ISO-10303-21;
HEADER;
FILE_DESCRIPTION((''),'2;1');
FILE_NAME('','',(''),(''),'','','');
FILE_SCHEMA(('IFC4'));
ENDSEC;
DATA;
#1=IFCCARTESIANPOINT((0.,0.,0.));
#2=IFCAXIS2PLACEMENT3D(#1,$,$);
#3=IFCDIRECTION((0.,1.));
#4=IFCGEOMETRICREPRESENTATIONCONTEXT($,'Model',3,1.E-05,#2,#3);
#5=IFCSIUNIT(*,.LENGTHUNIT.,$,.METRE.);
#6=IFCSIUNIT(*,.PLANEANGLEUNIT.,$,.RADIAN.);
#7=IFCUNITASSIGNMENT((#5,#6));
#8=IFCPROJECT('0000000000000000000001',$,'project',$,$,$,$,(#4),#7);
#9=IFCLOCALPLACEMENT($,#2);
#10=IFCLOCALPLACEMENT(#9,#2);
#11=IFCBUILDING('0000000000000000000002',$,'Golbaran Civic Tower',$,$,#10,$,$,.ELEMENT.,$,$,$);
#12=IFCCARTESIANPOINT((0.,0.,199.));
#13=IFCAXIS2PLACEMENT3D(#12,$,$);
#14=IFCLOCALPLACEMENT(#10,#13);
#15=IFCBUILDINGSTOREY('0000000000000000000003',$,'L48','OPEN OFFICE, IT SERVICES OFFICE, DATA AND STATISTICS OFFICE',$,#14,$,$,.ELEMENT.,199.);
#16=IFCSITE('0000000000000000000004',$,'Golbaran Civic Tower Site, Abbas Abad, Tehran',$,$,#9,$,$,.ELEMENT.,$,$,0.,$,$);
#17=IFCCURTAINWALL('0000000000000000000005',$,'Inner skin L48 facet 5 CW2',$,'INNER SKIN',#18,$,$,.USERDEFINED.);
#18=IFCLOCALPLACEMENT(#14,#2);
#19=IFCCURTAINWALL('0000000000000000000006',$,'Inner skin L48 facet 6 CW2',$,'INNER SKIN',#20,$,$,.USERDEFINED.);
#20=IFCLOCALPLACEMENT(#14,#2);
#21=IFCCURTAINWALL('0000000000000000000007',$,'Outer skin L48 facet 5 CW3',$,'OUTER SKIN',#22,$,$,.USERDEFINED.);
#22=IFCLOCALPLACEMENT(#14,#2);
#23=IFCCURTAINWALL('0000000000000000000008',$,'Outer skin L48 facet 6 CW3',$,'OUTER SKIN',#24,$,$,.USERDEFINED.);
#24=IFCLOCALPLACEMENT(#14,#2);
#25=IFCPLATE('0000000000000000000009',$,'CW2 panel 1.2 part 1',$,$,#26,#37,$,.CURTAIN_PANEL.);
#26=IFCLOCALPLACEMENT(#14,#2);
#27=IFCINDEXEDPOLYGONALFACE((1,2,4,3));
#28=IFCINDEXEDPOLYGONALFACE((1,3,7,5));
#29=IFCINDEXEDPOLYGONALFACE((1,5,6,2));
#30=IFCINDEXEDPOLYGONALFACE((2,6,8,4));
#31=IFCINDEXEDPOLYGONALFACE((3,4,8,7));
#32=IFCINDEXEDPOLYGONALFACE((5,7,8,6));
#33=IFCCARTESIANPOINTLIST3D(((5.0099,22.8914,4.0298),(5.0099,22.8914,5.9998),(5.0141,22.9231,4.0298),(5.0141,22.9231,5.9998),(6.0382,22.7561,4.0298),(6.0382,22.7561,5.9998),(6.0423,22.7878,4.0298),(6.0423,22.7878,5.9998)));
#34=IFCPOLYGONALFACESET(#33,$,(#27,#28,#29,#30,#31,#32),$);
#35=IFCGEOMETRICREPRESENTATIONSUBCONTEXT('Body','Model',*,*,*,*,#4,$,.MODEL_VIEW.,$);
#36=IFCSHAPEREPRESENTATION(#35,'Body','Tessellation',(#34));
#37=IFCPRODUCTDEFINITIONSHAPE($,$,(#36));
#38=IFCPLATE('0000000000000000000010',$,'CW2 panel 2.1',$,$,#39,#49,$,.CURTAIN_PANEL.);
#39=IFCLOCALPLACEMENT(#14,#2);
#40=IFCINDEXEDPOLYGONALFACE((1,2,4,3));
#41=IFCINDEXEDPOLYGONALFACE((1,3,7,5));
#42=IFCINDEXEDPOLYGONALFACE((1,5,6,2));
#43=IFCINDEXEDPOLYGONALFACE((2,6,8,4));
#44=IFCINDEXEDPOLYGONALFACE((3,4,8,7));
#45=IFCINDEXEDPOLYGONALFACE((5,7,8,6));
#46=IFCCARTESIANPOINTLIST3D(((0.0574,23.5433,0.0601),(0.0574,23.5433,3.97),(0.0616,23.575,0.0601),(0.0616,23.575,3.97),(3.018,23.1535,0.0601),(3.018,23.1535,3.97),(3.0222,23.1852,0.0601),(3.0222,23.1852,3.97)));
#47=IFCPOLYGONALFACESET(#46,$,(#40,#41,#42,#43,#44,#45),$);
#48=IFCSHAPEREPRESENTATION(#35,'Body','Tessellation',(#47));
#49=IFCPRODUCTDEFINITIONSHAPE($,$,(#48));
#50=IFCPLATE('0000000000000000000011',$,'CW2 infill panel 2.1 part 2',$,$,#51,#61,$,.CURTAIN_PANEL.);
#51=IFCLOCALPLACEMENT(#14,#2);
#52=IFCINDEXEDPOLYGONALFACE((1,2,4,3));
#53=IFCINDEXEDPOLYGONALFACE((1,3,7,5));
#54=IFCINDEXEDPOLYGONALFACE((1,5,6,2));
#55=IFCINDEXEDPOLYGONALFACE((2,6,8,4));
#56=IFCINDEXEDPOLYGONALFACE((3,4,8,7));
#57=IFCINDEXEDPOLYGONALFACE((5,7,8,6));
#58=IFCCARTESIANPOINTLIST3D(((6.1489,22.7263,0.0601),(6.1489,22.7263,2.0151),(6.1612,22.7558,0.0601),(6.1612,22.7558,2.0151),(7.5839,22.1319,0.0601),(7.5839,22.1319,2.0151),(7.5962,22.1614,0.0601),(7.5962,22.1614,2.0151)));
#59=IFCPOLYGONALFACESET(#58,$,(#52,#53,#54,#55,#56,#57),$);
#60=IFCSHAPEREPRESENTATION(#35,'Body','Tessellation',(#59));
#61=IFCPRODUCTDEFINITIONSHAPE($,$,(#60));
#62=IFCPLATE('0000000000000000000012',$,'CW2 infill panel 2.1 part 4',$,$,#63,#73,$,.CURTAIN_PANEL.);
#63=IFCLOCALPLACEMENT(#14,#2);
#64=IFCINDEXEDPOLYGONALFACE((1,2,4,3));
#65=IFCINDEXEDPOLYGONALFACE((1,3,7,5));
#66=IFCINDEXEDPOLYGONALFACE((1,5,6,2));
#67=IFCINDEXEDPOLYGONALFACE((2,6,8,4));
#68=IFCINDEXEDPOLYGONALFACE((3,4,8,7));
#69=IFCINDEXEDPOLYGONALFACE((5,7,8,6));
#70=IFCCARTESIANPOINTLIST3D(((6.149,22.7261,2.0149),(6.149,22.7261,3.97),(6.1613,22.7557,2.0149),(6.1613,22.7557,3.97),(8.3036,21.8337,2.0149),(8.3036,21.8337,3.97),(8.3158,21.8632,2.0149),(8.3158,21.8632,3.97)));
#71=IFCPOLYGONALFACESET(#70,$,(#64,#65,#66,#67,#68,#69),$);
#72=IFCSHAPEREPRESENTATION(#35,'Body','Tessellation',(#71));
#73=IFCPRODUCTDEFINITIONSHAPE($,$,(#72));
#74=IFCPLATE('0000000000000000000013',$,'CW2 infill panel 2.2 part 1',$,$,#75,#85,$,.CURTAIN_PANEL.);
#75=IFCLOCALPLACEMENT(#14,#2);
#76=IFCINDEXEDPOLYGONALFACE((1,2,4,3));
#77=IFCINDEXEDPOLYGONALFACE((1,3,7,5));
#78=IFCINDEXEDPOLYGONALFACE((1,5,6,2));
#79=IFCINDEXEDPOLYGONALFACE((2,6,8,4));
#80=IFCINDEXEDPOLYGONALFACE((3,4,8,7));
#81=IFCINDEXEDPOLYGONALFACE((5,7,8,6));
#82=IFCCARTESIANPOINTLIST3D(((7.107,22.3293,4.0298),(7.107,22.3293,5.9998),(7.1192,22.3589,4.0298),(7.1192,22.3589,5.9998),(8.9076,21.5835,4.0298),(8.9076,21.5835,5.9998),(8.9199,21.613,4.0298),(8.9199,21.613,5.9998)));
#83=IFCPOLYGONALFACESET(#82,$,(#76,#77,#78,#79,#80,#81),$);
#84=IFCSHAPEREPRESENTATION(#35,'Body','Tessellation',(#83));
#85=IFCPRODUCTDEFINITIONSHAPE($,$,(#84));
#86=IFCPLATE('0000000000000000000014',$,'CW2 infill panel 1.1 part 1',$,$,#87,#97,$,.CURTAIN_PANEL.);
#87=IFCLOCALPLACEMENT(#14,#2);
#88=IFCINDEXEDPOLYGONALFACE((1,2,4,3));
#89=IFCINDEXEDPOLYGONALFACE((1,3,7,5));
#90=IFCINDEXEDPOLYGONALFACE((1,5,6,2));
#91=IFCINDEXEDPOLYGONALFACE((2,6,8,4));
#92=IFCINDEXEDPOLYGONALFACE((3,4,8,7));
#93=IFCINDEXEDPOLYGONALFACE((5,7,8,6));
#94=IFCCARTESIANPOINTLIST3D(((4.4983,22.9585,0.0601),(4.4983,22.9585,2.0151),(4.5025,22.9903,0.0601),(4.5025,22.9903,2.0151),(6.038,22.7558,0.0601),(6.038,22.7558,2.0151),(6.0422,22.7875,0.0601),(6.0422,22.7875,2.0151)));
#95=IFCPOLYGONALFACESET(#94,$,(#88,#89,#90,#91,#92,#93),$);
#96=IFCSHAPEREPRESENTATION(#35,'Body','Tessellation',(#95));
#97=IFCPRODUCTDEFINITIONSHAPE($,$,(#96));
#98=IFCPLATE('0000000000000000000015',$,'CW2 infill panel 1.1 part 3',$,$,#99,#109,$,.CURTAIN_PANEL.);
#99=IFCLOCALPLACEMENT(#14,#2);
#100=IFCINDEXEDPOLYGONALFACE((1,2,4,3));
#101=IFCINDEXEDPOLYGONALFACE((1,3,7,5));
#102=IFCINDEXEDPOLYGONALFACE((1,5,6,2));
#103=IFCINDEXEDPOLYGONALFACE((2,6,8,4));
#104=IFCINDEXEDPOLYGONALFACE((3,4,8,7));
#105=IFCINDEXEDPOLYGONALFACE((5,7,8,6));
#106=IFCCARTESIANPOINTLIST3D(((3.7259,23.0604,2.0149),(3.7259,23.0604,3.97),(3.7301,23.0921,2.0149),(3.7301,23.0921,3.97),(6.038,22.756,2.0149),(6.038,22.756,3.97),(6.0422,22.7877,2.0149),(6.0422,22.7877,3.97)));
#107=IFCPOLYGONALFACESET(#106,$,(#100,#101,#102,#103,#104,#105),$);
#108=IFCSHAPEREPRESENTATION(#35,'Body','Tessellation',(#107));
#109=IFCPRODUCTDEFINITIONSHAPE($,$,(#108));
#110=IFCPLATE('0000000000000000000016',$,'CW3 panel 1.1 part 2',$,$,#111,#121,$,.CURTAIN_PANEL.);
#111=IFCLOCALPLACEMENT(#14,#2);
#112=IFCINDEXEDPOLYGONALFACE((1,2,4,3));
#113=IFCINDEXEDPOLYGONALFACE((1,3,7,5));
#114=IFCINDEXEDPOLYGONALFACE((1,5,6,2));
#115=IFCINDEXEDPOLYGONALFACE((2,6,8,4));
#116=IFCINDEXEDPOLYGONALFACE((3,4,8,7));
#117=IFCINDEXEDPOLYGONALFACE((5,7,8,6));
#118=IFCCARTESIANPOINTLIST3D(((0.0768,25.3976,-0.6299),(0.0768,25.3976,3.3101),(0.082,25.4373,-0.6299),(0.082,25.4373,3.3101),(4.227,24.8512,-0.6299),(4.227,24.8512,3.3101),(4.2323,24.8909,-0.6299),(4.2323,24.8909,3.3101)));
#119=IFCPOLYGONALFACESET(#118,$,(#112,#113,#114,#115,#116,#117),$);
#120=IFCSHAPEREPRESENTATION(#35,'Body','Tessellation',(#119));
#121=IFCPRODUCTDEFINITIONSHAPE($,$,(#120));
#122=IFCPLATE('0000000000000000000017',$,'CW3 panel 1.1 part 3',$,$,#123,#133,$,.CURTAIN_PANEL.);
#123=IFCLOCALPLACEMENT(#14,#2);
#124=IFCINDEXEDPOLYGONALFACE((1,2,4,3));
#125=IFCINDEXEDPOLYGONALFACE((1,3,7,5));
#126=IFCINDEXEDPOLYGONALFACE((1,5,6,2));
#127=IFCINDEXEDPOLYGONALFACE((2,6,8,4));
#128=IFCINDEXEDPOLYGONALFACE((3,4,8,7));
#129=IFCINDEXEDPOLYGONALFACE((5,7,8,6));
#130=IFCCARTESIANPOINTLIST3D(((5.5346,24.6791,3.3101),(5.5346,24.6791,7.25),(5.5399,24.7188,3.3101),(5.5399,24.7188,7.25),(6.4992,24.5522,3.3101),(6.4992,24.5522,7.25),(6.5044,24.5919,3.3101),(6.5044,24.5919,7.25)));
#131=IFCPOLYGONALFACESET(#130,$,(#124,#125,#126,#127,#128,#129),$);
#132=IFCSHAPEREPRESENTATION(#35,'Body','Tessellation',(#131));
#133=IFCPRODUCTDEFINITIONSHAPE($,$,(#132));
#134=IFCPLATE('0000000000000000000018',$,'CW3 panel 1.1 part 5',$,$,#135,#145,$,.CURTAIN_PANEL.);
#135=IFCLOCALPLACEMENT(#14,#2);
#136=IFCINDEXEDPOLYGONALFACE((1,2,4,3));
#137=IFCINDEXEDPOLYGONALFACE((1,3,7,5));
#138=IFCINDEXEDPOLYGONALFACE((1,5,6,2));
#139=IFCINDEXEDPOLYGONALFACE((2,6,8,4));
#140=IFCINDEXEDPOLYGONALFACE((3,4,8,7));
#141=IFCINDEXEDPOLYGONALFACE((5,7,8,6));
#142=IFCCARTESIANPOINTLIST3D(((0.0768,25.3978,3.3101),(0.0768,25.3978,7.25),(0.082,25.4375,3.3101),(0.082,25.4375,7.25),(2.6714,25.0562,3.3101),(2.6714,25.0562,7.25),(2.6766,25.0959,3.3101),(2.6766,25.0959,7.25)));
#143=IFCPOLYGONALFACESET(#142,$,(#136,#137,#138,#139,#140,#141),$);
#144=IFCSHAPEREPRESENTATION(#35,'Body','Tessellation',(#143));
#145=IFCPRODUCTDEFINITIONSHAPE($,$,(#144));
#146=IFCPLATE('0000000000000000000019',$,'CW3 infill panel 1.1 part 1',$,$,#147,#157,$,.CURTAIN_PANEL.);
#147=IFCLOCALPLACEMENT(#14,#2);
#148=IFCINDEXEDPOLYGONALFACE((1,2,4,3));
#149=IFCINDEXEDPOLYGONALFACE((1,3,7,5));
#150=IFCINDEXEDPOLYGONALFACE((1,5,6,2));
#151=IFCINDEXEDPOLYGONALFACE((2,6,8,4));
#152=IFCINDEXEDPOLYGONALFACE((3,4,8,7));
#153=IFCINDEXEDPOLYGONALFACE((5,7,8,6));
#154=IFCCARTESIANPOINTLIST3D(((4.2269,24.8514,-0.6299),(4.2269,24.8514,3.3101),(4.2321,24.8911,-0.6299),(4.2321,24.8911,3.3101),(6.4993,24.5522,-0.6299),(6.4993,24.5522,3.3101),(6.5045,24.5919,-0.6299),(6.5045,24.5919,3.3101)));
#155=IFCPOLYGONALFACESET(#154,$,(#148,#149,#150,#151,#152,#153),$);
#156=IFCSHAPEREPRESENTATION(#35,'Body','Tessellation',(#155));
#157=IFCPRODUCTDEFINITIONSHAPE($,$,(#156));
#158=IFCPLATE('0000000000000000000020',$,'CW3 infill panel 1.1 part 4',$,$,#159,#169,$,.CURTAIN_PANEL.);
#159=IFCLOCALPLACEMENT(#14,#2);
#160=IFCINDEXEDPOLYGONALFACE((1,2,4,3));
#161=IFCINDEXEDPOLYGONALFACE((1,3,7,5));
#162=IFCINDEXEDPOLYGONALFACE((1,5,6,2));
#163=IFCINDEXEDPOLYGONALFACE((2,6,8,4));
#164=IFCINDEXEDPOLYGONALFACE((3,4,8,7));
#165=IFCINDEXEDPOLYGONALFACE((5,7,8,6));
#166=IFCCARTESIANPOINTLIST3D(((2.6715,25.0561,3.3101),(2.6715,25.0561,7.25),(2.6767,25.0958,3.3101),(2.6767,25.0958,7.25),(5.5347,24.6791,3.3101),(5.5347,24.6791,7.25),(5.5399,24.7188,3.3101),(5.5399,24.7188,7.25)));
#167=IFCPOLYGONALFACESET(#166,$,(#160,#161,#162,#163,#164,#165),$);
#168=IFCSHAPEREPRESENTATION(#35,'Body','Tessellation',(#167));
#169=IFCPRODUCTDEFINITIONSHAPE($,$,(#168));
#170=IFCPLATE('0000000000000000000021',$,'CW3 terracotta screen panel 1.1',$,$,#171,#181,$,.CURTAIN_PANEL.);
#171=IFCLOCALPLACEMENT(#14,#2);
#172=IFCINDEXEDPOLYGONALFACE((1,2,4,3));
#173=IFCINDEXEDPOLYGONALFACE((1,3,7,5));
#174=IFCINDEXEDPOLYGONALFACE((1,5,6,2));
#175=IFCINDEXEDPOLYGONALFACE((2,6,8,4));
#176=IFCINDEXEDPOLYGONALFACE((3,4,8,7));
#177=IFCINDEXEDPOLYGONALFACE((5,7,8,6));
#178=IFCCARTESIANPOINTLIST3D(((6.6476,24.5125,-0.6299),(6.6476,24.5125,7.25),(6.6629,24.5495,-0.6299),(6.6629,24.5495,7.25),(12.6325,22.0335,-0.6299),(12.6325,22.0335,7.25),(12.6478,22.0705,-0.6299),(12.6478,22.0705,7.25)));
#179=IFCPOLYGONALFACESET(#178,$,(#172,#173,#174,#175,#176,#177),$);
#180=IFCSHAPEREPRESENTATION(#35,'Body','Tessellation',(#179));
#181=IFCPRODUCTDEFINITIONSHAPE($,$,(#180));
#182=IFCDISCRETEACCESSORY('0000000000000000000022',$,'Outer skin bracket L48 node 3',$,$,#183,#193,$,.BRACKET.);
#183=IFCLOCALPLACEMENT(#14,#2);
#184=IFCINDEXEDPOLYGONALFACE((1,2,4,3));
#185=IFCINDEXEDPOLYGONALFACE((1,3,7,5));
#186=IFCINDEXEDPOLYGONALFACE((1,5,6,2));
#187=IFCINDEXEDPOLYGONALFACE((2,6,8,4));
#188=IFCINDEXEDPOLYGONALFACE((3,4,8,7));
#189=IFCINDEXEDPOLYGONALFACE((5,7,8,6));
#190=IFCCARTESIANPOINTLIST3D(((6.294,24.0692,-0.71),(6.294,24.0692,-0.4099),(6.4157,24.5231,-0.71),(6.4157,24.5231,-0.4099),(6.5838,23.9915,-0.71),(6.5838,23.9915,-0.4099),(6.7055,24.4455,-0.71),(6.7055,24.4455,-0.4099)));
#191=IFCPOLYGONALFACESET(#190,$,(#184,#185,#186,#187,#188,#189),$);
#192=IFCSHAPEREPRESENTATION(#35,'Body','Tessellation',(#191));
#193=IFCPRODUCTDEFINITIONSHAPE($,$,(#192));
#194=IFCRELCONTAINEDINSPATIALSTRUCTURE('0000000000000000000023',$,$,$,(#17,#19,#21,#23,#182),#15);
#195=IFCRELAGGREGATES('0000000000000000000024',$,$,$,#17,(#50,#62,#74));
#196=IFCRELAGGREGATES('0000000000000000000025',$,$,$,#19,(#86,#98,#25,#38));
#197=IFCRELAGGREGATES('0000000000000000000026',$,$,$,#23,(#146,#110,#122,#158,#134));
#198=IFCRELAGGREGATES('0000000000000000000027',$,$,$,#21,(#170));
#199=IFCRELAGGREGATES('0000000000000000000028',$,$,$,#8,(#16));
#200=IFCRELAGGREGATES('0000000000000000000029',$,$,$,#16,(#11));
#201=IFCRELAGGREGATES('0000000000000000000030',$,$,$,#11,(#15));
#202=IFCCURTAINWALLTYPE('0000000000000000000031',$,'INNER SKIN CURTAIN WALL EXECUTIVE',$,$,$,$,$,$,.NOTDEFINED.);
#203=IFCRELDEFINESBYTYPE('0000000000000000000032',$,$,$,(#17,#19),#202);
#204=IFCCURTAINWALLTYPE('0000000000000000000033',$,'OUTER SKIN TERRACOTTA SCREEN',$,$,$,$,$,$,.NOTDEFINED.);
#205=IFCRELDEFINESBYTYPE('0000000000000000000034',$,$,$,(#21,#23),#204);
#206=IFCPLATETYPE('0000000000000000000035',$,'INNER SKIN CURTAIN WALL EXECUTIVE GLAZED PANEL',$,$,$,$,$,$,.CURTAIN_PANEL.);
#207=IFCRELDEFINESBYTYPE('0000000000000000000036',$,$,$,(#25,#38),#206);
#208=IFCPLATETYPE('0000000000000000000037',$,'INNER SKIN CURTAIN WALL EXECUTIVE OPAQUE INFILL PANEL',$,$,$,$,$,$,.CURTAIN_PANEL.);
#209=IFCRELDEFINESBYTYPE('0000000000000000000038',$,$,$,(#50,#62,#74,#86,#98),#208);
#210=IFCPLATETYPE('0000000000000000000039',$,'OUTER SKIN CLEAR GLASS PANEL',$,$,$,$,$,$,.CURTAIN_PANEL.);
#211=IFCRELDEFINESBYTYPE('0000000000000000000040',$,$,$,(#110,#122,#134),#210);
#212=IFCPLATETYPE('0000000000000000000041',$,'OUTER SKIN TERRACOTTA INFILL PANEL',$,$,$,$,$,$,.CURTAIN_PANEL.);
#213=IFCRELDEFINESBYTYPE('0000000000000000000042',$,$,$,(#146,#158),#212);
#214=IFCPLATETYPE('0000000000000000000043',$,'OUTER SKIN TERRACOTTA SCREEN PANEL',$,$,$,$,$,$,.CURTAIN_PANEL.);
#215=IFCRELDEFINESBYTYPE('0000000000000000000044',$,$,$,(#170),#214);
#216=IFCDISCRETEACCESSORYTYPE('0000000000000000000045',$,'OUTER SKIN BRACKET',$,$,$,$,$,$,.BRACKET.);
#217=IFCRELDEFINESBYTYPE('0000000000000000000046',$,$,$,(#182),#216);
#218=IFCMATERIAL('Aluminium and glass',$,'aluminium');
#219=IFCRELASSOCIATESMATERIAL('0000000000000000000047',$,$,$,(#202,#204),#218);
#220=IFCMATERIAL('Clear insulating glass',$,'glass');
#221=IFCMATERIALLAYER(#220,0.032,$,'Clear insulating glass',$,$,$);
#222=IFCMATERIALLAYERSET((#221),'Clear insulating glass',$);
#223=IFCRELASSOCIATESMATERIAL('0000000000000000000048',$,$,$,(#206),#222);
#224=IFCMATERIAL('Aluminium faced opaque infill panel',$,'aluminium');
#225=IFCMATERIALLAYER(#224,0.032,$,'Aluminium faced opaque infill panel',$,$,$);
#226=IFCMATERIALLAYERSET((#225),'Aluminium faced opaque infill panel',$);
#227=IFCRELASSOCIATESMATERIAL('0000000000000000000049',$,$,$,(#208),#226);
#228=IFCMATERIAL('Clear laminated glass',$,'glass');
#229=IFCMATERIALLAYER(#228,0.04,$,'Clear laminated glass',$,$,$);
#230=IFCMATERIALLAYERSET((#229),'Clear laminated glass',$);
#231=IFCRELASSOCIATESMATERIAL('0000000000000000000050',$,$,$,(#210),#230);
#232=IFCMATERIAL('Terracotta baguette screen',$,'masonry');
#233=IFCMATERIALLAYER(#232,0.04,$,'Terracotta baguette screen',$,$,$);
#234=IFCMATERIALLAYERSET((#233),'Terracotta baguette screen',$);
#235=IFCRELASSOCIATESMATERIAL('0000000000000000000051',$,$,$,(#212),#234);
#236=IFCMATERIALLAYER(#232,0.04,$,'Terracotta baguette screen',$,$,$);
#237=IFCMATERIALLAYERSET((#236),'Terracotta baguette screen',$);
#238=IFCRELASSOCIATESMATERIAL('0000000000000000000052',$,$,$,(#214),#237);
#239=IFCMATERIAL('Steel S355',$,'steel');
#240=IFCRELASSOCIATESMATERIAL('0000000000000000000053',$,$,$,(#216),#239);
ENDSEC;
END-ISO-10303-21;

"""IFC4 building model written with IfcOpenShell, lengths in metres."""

from ifc_helpers import new_model, si_unit, direction, frame, origin, origin_2d, place, context, subcontext, project, spatial, rectangle, extrude, material, layer, layer_set, type_object, element, aggregate, save


model = new_model("IFC4")

# Units and contexts
model_context = context("Model", 3, precision=1e-05, world=origin(), true_north=direction((0.0, 1.0)))
body_context = subcontext(model_context, "Body", "Model", "MODEL_VIEW")
ifc_project = project(units=[si_unit("LENGTHUNIT", "METRE"), si_unit("PLANEANGLEUNIT", "RADIAN")], contexts=[model_context])

# Site, building, storey
site_placement = place(None, origin())
site = spatial("IfcSite", under=ifc_project, at=site_placement, Name="Golbaran Civic Tower Site, Abbas Abad, Tehran", CompositionType="ELEMENT", RefElevation=0.0)
building_placement = place(site_placement, origin())
building = spatial("IfcBuilding", under=site, at=building_placement, Name="Golbaran Civic Tower", CompositionType="ELEMENT")
storey_placement = place(building_placement, frame((0.0, 0.0, 199.0)))
storey = spatial("IfcBuildingStorey", under=building, at=storey_placement, Name="L48", Description="OPEN OFFICE, IT SERVICES OFFICE, DATA AND STATISTICS OFFICE", CompositionType="ELEMENT", Elevation=199.0)

# Shared definitions
ifc_material_1 = material(Name="Steel S355", Category="steel")

# Curtain wall
ifc_material_2 = material(Name="Aluminium and glass", Category="aluminium")
curtain_wall_type_1 = type_object("IfcCurtainWallType", Name="INNER SKIN CURTAIN WALL EXECUTIVE", PredefinedType="NOTDEFINED", material=ifc_material_2)
curtain_wall_1_placement = place(storey_placement, origin())
curtain_wall_1 = element("IfcCurtainWall", 1, at=curtain_wall_1_placement, inside=storey, type_object=curtain_wall_type_1, Name="Inner skin L48 facet 5 CW2", ObjectType="INNER SKIN", PredefinedType="USERDEFINED")

# Curtain wall
curtain_wall_2_placement = place(storey_placement, origin())
curtain_wall_2 = element("IfcCurtainWall", 2, at=curtain_wall_2_placement, inside=storey, type_object=curtain_wall_type_1, Name="Inner skin L48 facet 6 CW2", ObjectType="INNER SKIN", PredefinedType="USERDEFINED")

# Shared definitions
curtain_wall_type_2 = type_object("IfcCurtainWallType", Name="OUTER SKIN TERRACOTTA SCREEN", PredefinedType="NOTDEFINED", material=ifc_material_2)

# Curtain walls
curtain_wall_3_placement = place(storey_placement, origin())
curtain_wall_3 = element("IfcCurtainWall", 3, at=curtain_wall_3_placement, inside=storey, type_object=curtain_wall_type_2, Name="Outer skin L48 facet 5 CW3", ObjectType="OUTER SKIN", PredefinedType="USERDEFINED")
curtain_wall_4_placement = place(storey_placement, origin())
curtain_wall_4 = element("IfcCurtainWall", 4, at=curtain_wall_4_placement, inside=storey, type_object=curtain_wall_type_2, Name="Outer skin L48 facet 6 CW3", ObjectType="OUTER SKIN", PredefinedType="USERDEFINED")

# Plates
ifc_material_3 = material(Name="Clear insulating glass", Category="glass")
ifc_layer_1 = layer(ifc_material_3, 0.032, Name="Clear insulating glass")
ifc_layer_set_1 = layer_set([ifc_layer_1], Name="Clear insulating glass")
plate_type_1 = type_object("IfcPlateType", Name="INNER SKIN CURTAIN WALL EXECUTIVE GLAZED PANEL", PredefinedType="CURTAIN_PANEL", material=ifc_layer_set_1)
plate_1_placement = place(storey_placement, frame((5.5261, 22.8396, 4.0298), z_axis=(0.0, 0.0, 1.0), x_axis=(-0.991445, 0.130526, 0.0)))
plate_1 = element("IfcPlate", 5, at=plate_1_placement, type_object=plate_type_1, Name="CW2 panel 1.2 part 1", PredefinedType="CURTAIN_PANEL", context=body_context, shape_type="SweptSolid", body=[
    extrude(rectangle(XDim=1.0371, YDim=0.032, at=origin_2d()), origin(), (0.0, 0.0, 1.0), 1.97),
])
plate_2_placement = place(storey_placement, frame((1.5398, 23.3643, 0.0601), z_axis=(0.0, 0.0, 1.0), x_axis=(-0.991445, 0.130526, 0.0)))
plate_2 = element("IfcPlate", 6, at=plate_2_placement, type_object=plate_type_1, Name="CW2 panel 2.1", PredefinedType="CURTAIN_PANEL", context=body_context, shape_type="SweptSolid", body=[
    extrude(rectangle(XDim=2.9861, YDim=0.032, at=origin_2d()), origin(), (0.0, 0.0, 1.0), 3.9099),
])
ifc_material_4 = material(Name="Aluminium faced opaque infill panel", Category="aluminium")
ifc_layer_2 = layer(ifc_material_4, 0.032, Name="Aluminium faced opaque infill panel")
ifc_layer_set_2 = layer_set([ifc_layer_2], Name="Aluminium faced opaque infill panel")
plate_type_2 = type_object("IfcPlateType", Name="INNER SKIN CURTAIN WALL EXECUTIVE OPAQUE INFILL PANEL", PredefinedType="CURTAIN_PANEL", material=ifc_layer_set_2)
plate_3_placement = place(storey_placement, frame((6.8726, 22.4438, 0.0601), z_axis=(0.0, 0.0, 1.0), x_axis=(-0.92388, 0.382683, 0.0)))
plate_3 = element("IfcPlate", 7, at=plate_3_placement, type_object=plate_type_2, Name="CW2 infill panel 2.1 part 2", PredefinedType="CURTAIN_PANEL", context=body_context, shape_type="SweptSolid", body=[
    extrude(rectangle(XDim=1.5532, YDim=0.032, at=origin_2d()), origin(), (0.0, 0.0, 1.0), 1.9551),
])
plate_4_placement = place(storey_placement, frame((7.2324, 22.2947, 2.0149), z_axis=(0.0, 0.0, 1.0), x_axis=(-0.92388, 0.382683, 0.0)))
plate_4 = element("IfcPlate", 8, at=plate_4_placement, type_object=plate_type_2, Name="CW2 infill panel 2.1 part 4", PredefinedType="CURTAIN_PANEL", context=body_context, shape_type="SweptSolid", body=[
    extrude(rectangle(XDim=2.332, YDim=0.032, at=origin_2d()), origin(), (0.0, 0.0, 1.0), 1.9551),
])
plate_5_placement = place(storey_placement, frame((8.0134, 21.9712, 4.0298), z_axis=(0.0, 0.0, 1.0), x_axis=(-0.92388, 0.382683, 0.0)))
plate_5 = element("IfcPlate", 9, at=plate_5_placement, type_object=plate_type_2, Name="CW2 infill panel 2.2 part 1", PredefinedType="CURTAIN_PANEL", context=body_context, shape_type="SweptSolid", body=[
    extrude(rectangle(XDim=1.949, YDim=0.032, at=origin_2d()), origin(), (0.0, 0.0, 1.0), 1.97),
])
aggregate(curtain_wall_1, [plate_3, plate_4, plate_5])
plate_6_placement = place(storey_placement, frame((5.2703, 22.873, 0.0601), z_axis=(0.0, 0.0, 1.0), x_axis=(-0.991445, 0.130526, 0.0)))
plate_6 = element("IfcPlate", 10, at=plate_6_placement, type_object=plate_type_2, Name="CW2 infill panel 1.1 part 1", PredefinedType="CURTAIN_PANEL", context=body_context, shape_type="SweptSolid", body=[
    extrude(rectangle(XDim=1.553, YDim=0.032, at=origin_2d()), origin(), (0.0, 0.0, 1.0), 1.9551),
])
plate_7_placement = place(storey_placement, frame((4.884, 22.9241, 2.0149), z_axis=(0.0, 0.0, 1.0), x_axis=(-0.991445, 0.130526, 0.0)))
plate_7 = element("IfcPlate", 11, at=plate_7_placement, type_object=plate_type_2, Name="CW2 infill panel 1.1 part 3", PredefinedType="CURTAIN_PANEL", context=body_context, shape_type="SweptSolid", body=[
    extrude(rectangle(XDim=2.332, YDim=0.032, at=origin_2d()), origin(), (0.0, 0.0, 1.0), 1.9551),
])
aggregate(curtain_wall_2, [plate_6, plate_7, plate_1, plate_2])
ifc_material_5 = material(Name="Clear laminated glass", Category="glass")
ifc_layer_3 = layer(ifc_material_5, 0.04, Name="Clear laminated glass")
ifc_layer_set_3 = layer_set([ifc_layer_3], Name="Clear laminated glass")
plate_type_3 = type_object("IfcPlateType", Name="OUTER SKIN CLEAR GLASS PANEL", PredefinedType="CURTAIN_PANEL", material=ifc_layer_set_3)
plate_8_placement = place(storey_placement, frame((2.1545, 25.1443, -0.6299), z_axis=(0.0, 0.0, 1.0), x_axis=(-0.991445, 0.130526, 0.0)))
plate_8 = element("IfcPlate", 12, at=plate_8_placement, type_object=plate_type_3, Name="CW3 panel 1.1 part 2", PredefinedType="CURTAIN_PANEL", context=body_context, shape_type="SweptSolid", body=[
    extrude(rectangle(XDim=4.186, YDim=0.04, at=origin_2d()), origin(), (0.0, 0.0, 1.0), 3.9399),
])
plate_9_placement = place(storey_placement, frame((6.0195, 24.6355, 3.3101), z_axis=(0.0, 0.0, 1.0), x_axis=(-0.991445, 0.130526, 0.0)))
plate_9 = element("IfcPlate", 13, at=plate_9_placement, type_object=plate_type_3, Name="CW3 panel 1.1 part 3", PredefinedType="CURTAIN_PANEL", context=body_context, shape_type="SweptSolid", body=[
    extrude(rectangle(XDim=0.9729, YDim=0.04, at=origin_2d()), origin(), (0.0, 0.0, 1.0), 3.9399),
])
plate_10_placement = place(storey_placement, frame((1.3767, 25.2468, 3.3101), z_axis=(0.0, 0.0, 1.0), x_axis=(-0.991445, 0.130526, 0.0)))
plate_10 = element("IfcPlate", 14, at=plate_10_placement, type_object=plate_type_3, Name="CW3 panel 1.1 part 5", PredefinedType="CURTAIN_PANEL", context=body_context, shape_type="SweptSolid", body=[
    extrude(rectangle(XDim=2.6169, YDim=0.04, at=origin_2d()), origin(), (0.0, 0.0, 1.0), 3.9399),
])
ifc_material_6 = material(Name="Terracotta baguette screen", Category="masonry")
ifc_layer_4 = layer(ifc_material_6, 0.04, Name="Terracotta baguette screen")
ifc_layer_set_4 = layer_set([ifc_layer_4], Name="Terracotta baguette screen")
plate_type_4 = type_object("IfcPlateType", Name="OUTER SKIN TERRACOTTA INFILL PANEL", PredefinedType="CURTAIN_PANEL", material=ifc_layer_set_4)
plate_11_placement = place(storey_placement, frame((5.3657, 24.7217, -0.6299), z_axis=(0.0, 0.0, 1.0), x_axis=(-0.991445, 0.130526, 0.0)))
plate_11 = element("IfcPlate", 15, at=plate_11_placement, type_object=plate_type_4, Name="CW3 infill panel 1.1 part 1", PredefinedType="CURTAIN_PANEL", context=body_context, shape_type="SweptSolid", body=[
    extrude(rectangle(XDim=2.292, YDim=0.04, at=origin_2d()), origin(), (0.0, 0.0, 1.0), 3.9399),
])
plate_12_placement = place(storey_placement, frame((4.1057, 24.8875, 3.3101), z_axis=(0.0, 0.0, 1.0), x_axis=(-0.991445, 0.130526, 0.0)))
plate_12 = element("IfcPlate", 16, at=plate_12_placement, type_object=plate_type_4, Name="CW3 infill panel 1.1 part 4", PredefinedType="CURTAIN_PANEL", context=body_context, shape_type="SweptSolid", body=[
    extrude(rectangle(XDim=2.8879, YDim=0.04, at=origin_2d()), origin(), (0.0, 0.0, 1.0), 3.9399),
])
aggregate(curtain_wall_4, [plate_11, plate_8, plate_9, plate_12, plate_10])
ifc_layer_5 = layer(ifc_material_6, 0.04, Name="Terracotta baguette screen")
ifc_layer_set_5 = layer_set([ifc_layer_5], Name="Terracotta baguette screen")
plate_type_5 = type_object("IfcPlateType", Name="OUTER SKIN TERRACOTTA SCREEN PANEL", PredefinedType="CURTAIN_PANEL", material=ifc_layer_set_5)
plate_13_placement = place(storey_placement, frame((9.6477, 23.2915, -0.6299), z_axis=(0.0, 0.0, 1.0), x_axis=(-0.92388, 0.382683, 0.0)))
plate_13 = element("IfcPlate", 17, at=plate_13_placement, type_object=plate_type_5, Name="CW3 terracotta screen panel 1.1", PredefinedType="CURTAIN_PANEL", context=body_context, shape_type="SweptSolid", body=[
    extrude(rectangle(XDim=6.478, YDim=0.04, at=origin_2d()), origin(), (0.0, 0.0, 1.0), 7.8799),
])
aggregate(curtain_wall_3, [plate_13])

# Discrete accessory
discrete_accessory_type = type_object("IfcDiscreteAccessoryType", Name="OUTER SKIN BRACKET", PredefinedType="BRACKET", material=ifc_material_1)
discrete_accessory_placement = place(storey_placement, frame((6.4998, 24.2573, -0.71), z_axis=(0.0, 0.0, 1.0), x_axis=(0.258819, 0.965926, 0.0)))
element("IfcDiscreteAccessory", 18, at=discrete_accessory_placement, inside=storey, type_object=discrete_accessory_type, Name="Outer skin bracket L48 node 3", PredefinedType="BRACKET", context=body_context, shape_type="SweptSolid", body=[
    extrude(rectangle(XDim=0.47, YDim=0.3, at=origin_2d()), origin(), (0.0, 0.0, 1.0), 0.3),
])

save(model, "model.ifc")
